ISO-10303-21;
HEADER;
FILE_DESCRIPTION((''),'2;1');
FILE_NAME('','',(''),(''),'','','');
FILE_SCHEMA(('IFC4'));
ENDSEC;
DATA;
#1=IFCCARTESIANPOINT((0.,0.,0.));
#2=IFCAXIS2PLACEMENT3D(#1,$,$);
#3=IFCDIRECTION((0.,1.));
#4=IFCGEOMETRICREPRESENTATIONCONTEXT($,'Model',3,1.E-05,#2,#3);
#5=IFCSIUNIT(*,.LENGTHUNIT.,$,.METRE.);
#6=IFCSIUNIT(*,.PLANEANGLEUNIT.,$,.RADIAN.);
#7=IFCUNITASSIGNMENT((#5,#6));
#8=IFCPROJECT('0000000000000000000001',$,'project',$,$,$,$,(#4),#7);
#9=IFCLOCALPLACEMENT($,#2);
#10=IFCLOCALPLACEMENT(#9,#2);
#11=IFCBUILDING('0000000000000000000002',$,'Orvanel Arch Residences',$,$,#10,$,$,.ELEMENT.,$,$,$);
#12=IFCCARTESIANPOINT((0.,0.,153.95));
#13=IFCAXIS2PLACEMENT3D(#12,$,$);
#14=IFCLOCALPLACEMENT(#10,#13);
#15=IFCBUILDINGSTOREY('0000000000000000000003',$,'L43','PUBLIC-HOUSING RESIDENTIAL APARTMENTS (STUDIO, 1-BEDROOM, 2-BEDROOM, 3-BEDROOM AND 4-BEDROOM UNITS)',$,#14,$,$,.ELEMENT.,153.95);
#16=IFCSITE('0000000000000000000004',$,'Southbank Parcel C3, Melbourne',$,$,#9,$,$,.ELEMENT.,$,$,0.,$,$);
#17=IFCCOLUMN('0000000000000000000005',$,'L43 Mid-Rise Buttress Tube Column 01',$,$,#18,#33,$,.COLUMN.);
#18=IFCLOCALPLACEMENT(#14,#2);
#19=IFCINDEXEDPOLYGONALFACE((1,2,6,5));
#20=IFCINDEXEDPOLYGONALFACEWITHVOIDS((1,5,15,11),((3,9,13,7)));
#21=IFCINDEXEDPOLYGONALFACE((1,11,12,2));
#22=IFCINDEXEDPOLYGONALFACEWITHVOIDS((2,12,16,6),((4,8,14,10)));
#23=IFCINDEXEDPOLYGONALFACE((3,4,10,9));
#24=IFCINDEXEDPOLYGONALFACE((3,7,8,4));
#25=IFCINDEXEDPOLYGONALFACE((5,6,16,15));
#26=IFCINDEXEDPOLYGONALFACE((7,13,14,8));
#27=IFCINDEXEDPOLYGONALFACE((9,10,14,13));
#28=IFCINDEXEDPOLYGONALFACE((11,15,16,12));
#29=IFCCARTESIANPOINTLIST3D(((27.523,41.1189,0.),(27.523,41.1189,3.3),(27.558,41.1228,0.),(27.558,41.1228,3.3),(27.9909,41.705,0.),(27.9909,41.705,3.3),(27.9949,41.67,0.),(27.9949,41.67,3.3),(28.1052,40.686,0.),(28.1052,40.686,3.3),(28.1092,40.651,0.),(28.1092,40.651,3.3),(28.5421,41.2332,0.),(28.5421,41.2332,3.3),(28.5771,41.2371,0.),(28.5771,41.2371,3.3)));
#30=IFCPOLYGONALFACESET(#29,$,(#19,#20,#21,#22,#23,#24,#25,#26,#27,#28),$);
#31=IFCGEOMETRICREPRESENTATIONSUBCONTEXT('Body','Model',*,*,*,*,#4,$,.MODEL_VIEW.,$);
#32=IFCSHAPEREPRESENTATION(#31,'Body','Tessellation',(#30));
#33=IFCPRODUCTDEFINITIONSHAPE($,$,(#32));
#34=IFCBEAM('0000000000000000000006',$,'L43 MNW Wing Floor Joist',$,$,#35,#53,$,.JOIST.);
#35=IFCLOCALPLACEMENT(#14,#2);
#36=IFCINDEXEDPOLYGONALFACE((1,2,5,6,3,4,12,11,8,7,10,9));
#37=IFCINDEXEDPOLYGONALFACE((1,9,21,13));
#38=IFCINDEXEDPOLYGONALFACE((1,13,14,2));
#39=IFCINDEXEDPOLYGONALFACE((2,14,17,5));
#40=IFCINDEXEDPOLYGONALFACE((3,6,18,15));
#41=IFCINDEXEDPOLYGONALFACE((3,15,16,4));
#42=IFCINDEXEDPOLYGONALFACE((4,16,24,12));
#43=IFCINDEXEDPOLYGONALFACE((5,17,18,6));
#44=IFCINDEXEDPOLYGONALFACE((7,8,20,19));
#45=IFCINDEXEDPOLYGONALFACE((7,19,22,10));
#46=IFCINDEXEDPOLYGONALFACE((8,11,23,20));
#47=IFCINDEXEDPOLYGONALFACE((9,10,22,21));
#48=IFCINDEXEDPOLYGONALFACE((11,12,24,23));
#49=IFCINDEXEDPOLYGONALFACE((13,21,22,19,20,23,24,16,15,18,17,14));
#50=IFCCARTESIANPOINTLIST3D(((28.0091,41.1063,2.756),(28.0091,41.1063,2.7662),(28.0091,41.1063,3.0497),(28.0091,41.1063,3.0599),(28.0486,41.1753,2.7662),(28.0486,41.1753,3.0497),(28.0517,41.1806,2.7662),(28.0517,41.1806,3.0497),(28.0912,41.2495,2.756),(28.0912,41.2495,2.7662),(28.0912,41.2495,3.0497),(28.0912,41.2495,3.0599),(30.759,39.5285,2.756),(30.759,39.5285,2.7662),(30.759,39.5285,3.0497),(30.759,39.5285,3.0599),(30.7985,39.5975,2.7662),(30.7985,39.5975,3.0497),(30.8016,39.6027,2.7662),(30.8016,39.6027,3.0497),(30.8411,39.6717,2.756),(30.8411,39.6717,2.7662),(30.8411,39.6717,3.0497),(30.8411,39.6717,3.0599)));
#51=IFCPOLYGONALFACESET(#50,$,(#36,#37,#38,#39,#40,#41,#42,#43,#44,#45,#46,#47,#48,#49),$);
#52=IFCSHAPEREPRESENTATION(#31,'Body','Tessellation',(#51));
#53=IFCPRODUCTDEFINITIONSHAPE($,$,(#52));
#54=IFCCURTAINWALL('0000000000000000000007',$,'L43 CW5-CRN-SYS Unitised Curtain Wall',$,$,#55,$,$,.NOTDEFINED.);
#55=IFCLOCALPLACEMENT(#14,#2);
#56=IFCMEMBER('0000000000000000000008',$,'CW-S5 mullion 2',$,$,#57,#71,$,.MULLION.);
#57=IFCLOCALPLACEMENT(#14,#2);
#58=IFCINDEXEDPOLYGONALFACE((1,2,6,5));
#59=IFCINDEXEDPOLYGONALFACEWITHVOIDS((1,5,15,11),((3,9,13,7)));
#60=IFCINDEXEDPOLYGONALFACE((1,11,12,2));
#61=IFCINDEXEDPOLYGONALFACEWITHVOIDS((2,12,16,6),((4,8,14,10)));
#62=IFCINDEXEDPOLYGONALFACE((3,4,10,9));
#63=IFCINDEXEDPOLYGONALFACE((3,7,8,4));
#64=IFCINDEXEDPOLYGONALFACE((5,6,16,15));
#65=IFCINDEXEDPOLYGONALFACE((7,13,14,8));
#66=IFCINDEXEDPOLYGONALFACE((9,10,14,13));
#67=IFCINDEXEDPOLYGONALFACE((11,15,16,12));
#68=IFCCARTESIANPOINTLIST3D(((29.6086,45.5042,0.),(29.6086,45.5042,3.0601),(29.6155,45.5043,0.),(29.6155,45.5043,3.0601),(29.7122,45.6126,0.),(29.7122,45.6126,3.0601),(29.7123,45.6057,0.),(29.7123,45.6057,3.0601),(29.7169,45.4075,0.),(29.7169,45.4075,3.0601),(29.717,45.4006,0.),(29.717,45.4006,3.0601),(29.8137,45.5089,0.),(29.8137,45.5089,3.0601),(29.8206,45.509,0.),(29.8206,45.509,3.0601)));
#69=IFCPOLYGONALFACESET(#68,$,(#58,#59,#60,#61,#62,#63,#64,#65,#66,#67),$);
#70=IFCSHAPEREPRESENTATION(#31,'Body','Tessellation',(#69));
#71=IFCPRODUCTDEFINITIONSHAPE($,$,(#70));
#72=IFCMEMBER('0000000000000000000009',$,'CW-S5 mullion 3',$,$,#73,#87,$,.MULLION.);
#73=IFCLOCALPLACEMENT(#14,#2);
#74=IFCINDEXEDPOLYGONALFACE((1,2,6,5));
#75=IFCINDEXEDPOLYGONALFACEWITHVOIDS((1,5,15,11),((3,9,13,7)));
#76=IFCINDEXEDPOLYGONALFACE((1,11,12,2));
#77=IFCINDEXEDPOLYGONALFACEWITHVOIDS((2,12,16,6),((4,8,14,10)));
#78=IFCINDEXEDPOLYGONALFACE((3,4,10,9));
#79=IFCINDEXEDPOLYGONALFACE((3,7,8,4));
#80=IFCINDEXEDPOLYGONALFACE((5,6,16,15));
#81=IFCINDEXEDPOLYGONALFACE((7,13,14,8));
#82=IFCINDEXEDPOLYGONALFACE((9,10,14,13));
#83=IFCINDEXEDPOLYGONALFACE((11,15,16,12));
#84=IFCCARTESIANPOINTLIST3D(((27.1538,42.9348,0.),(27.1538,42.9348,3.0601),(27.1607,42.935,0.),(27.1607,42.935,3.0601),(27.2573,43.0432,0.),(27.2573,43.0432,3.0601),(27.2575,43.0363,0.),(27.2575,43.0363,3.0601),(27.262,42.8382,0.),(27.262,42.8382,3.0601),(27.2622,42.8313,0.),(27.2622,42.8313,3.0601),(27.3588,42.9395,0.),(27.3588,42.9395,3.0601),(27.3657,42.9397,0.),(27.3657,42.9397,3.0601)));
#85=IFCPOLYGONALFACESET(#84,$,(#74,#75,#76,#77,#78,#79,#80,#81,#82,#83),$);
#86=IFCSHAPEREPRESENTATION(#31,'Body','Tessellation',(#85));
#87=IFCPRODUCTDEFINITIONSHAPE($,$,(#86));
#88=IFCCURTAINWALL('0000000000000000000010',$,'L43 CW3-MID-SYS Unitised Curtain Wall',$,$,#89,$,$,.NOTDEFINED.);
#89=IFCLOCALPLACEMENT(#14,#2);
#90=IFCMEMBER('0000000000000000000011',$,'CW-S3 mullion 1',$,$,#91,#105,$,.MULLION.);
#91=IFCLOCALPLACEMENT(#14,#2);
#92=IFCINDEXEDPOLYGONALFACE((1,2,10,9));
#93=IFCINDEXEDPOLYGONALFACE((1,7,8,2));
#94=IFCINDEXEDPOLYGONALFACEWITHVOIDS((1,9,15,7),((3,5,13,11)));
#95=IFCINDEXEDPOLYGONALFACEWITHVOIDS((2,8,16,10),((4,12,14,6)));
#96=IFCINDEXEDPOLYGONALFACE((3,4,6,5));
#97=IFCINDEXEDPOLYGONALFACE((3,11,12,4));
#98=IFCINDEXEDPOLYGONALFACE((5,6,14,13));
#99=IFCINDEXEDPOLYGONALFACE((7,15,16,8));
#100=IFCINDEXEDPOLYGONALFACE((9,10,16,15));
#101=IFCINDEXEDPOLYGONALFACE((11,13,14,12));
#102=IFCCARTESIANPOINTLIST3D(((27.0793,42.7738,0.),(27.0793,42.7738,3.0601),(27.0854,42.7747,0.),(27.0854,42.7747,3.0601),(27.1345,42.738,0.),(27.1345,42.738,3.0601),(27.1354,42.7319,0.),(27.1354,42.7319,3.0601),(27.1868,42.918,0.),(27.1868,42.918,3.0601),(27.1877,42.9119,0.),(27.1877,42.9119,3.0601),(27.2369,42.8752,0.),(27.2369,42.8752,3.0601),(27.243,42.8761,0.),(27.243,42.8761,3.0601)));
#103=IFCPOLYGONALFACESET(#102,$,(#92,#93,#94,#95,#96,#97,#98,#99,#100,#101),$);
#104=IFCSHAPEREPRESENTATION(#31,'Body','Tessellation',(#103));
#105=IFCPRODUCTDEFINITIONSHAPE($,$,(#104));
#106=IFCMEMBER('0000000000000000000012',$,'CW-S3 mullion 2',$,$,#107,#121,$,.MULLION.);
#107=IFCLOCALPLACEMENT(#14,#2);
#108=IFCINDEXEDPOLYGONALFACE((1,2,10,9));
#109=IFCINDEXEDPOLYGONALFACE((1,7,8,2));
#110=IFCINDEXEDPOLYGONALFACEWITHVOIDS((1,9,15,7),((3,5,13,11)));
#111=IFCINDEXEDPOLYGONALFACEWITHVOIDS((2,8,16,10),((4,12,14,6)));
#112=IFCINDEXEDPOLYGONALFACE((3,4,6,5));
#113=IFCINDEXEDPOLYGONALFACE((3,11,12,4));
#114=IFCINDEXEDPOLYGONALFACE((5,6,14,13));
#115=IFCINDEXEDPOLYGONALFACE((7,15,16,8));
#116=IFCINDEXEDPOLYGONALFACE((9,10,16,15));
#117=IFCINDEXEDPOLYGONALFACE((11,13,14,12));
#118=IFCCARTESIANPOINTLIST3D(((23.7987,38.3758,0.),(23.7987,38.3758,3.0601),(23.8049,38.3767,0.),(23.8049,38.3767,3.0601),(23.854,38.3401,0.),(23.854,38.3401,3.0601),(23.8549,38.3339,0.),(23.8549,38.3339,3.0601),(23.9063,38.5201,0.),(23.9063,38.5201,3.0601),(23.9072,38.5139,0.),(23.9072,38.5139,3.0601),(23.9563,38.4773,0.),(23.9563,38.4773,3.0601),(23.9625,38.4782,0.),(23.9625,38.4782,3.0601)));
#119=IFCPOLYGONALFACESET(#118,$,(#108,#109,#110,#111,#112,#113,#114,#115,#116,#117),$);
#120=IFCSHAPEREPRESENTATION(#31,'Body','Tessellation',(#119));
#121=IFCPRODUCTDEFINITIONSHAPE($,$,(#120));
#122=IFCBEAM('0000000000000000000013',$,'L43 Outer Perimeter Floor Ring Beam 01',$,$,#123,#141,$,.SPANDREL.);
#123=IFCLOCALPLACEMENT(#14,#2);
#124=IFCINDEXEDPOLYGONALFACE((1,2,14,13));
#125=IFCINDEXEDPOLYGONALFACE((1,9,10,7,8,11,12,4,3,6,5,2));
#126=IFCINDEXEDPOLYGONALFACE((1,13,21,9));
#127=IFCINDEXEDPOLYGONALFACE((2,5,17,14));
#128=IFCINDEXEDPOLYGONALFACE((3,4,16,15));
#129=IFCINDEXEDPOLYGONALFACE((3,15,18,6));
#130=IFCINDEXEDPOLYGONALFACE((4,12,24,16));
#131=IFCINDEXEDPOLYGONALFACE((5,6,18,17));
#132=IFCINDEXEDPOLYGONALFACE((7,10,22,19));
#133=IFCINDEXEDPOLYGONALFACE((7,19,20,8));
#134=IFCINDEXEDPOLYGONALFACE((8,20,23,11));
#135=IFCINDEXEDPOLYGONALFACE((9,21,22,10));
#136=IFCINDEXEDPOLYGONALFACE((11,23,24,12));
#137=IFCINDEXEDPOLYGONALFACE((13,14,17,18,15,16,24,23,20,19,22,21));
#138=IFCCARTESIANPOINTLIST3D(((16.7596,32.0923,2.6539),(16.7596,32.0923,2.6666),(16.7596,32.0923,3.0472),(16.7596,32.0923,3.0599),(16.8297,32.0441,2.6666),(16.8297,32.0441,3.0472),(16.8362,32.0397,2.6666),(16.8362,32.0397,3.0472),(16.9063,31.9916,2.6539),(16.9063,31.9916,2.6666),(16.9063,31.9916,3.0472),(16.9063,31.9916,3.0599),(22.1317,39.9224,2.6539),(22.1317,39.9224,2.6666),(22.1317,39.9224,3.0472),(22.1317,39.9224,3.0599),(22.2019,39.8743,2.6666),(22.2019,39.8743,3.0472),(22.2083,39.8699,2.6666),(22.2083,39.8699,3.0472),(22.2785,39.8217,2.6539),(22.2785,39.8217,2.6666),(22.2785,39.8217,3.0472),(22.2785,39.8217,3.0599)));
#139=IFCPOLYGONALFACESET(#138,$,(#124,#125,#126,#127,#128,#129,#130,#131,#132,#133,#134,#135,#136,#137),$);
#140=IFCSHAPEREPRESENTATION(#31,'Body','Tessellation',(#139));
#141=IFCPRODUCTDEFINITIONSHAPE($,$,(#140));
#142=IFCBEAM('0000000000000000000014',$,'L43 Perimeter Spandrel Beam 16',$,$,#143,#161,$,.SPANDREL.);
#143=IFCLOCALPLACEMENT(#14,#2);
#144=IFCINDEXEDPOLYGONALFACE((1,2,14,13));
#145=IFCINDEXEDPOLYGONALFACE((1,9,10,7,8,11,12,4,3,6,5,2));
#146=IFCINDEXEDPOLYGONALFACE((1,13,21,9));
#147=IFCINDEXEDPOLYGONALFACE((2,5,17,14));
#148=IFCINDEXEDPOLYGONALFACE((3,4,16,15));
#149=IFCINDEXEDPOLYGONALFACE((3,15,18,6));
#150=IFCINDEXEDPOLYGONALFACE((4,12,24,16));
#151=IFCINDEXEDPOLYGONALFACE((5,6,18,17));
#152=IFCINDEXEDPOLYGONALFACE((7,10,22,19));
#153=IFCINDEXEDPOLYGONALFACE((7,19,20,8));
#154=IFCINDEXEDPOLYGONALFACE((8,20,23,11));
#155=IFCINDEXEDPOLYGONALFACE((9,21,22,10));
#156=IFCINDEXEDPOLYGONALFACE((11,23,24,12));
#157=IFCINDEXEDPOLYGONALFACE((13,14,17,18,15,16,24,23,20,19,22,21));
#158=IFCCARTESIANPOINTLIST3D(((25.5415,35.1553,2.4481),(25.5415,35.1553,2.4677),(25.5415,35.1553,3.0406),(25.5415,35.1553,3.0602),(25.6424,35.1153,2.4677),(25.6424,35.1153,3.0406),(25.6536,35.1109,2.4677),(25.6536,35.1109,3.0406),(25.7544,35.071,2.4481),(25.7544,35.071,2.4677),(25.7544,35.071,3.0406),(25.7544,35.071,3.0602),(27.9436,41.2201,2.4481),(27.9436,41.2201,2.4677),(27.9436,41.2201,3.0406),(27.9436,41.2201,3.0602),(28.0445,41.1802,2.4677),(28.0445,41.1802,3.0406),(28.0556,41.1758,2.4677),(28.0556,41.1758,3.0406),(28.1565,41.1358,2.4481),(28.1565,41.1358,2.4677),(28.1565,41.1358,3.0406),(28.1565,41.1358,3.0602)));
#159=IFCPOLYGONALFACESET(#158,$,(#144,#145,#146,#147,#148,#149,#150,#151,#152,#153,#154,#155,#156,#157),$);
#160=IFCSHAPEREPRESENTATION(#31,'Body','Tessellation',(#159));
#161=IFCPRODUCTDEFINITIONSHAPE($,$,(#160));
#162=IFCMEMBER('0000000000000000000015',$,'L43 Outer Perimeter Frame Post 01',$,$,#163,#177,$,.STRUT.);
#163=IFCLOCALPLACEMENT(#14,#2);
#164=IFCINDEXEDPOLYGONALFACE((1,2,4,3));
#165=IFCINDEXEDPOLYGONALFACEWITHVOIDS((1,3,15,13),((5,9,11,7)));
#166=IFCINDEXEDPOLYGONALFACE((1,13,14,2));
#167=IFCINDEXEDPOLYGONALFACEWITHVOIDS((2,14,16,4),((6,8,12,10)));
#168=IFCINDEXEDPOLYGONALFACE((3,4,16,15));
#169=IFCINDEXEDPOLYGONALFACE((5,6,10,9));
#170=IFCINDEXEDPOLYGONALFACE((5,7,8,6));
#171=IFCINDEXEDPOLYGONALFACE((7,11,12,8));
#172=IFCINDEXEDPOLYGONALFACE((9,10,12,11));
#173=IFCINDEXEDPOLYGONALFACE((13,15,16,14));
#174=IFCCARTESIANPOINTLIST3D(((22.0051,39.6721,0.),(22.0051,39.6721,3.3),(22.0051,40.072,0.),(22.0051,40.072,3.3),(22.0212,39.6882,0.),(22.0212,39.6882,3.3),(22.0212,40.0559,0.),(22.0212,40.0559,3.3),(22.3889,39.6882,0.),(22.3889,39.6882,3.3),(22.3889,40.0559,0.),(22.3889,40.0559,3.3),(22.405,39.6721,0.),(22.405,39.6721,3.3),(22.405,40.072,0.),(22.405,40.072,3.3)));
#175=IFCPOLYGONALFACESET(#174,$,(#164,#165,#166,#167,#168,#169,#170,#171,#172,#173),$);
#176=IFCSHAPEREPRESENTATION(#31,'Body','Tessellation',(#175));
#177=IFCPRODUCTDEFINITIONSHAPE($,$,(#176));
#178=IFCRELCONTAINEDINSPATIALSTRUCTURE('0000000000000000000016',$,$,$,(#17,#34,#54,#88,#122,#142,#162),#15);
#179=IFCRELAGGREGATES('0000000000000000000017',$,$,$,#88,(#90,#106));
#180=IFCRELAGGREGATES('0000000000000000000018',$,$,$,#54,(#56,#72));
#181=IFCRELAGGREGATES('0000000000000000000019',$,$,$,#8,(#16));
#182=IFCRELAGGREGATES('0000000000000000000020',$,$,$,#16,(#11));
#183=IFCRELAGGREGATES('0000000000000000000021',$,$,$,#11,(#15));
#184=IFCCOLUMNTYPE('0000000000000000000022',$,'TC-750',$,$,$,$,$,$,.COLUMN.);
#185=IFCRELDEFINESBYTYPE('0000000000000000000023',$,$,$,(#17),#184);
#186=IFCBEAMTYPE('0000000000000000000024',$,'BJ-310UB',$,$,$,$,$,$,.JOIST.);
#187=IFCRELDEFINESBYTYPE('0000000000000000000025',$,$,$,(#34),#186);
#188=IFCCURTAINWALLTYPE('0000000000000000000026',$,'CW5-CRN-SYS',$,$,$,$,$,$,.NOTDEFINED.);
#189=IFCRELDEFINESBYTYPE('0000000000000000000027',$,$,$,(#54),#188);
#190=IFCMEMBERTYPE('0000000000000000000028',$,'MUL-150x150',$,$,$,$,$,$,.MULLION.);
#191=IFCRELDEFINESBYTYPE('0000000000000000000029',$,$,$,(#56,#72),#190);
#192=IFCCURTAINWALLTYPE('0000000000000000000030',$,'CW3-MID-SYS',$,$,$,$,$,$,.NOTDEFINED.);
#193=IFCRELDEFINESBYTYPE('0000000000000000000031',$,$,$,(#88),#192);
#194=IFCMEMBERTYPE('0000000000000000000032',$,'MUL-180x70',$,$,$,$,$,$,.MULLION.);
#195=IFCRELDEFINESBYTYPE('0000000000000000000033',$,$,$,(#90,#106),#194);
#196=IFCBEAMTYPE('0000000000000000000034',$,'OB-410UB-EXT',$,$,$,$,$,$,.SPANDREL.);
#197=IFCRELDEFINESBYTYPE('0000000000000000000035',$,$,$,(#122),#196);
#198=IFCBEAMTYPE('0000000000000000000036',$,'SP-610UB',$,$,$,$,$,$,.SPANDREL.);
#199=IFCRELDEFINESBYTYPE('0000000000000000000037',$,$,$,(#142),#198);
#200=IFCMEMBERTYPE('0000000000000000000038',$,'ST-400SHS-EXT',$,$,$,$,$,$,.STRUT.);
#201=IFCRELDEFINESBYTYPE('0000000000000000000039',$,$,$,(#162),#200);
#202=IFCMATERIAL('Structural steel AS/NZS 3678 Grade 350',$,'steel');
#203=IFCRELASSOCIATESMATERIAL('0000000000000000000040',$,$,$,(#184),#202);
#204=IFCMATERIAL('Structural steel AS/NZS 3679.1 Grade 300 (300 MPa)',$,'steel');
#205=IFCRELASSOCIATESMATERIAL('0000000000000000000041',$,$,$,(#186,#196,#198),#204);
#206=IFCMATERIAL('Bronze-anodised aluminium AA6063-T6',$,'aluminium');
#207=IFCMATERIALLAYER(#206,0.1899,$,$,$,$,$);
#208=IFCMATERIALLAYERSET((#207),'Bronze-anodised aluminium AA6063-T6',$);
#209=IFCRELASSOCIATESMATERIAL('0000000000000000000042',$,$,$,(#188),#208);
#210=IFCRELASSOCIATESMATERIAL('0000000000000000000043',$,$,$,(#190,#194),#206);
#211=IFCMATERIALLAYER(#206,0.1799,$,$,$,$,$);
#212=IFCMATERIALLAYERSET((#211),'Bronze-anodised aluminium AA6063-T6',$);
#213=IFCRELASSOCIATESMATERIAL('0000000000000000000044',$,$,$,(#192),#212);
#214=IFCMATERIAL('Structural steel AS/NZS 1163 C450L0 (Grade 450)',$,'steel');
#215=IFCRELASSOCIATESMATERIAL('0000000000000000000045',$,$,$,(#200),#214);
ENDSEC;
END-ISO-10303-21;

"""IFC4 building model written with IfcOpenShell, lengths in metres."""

from ifc_helpers import new_model, si_unit, direction, frame, origin, origin_2d, place, context, subcontext, project, spatial, hollow_rectangle, i_section, extrude, material, layer, layer_set, material_profile, profile_set, type_object, element, aggregate, save


model = new_model("IFC4")

# Units and contexts
model_context = context("Model", 3, precision=1e-05, world=origin(), true_north=direction((0.0, 1.0)))
body_context = subcontext(model_context, "Body", "Model", "MODEL_VIEW")
ifc_project = project(units=[si_unit("LENGTHUNIT", "METRE"), si_unit("PLANEANGLEUNIT", "RADIAN")], contexts=[model_context])

# Site, building, storey
site_placement = place(None, origin())
site = spatial("IfcSite", under=ifc_project, at=site_placement, Name="Southbank Parcel C3, Melbourne", CompositionType="ELEMENT", RefElevation=0.0)
building_placement = place(site_placement, origin())
building = spatial("IfcBuilding", under=site, at=building_placement, Name="Orvanel Arch Residences", CompositionType="ELEMENT")
storey_placement = place(building_placement, frame((0.0, 0.0, 153.95)))
storey = spatial("IfcBuildingStorey", under=building, at=storey_placement, Name="L43", Description="PUBLIC-HOUSING RESIDENTIAL APARTMENTS (STUDIO, 1-BEDROOM, 2-BEDROOM, 3-BEDROOM AND 4-BEDROOM UNITS)", CompositionType="ELEMENT", Elevation=153.95)

# Column
ifc_material_1 = material(Name="Structural steel AS/NZS 3678 Grade 350", Category="steel")
ifc_material_profile_1 = material_profile(ifc_material_1, hollow_rectangle(XDim=0.75, YDim=0.75, WallThickness=0.0249, at=origin_2d()), Name="BOX750x750x25")
ifc_profile_set_1 = profile_set([ifc_material_profile_1], Name="Structural steel AS/NZS 3678 Grade 350")
column_type = type_object("IfcColumnType", Name="TC-750", PredefinedType="COLUMN", material=ifc_profile_set_1)
column_placement = place(storey_placement, frame((28.05, 41.178, 0.0), z_axis=(0.0, 0.0, 1.0), x_axis=(0.62388, 0.78152, 0.0)))
element("IfcColumn", 1, at=column_placement, inside=storey, type_object=column_type, Name="L43 Mid-Rise Buttress Tube Column 01", PredefinedType="COLUMN", context=body_context, shape_type="SweptSolid", body=[
    extrude(hollow_rectangle(XDim=0.75, YDim=0.75, WallThickness=0.0249, at=origin_2d()), origin(), (0.0, 0.0, 1.0), 3.3),
])

# Beam
ifc_material_2 = material(Name="Structural steel AS/NZS 3679.1 Grade 300 (300 MPa)", Category="steel")
ifc_material_profile_2 = material_profile(ifc_material_2, i_section(OverallWidth=0.165, OverallDepth=0.304, WebThickness=0.0061, FlangeThickness=0.0103, at=origin_2d()), Name="310UB40.4")
ifc_profile_set_2 = profile_set([ifc_material_profile_2], Name="Structural steel AS/NZS 3679.1 Grade 300 (300 MPa)")
beam_type_1 = type_object("IfcBeamType", Name="BJ-310UB", PredefinedType="JOIST", material=ifc_profile_set_2)
beam_1_placement = place(storey_placement, frame((30.8, 39.6001, 2.908), z_axis=(-0.867365, 0.497672, 0.0), x_axis=(-0.497672, -0.867365, 0.0)))
element("IfcBeam", 2, at=beam_1_placement, inside=storey, type_object=beam_type_1, Name="L43 MNW Wing Floor Joist", PredefinedType="JOIST", context=body_context, shape_type="SweptSolid", body=[
    extrude(i_section(OverallWidth=0.165, OverallDepth=0.304, WebThickness=0.0061, FlangeThickness=0.0103, at=origin_2d()), origin(), (0.0, 0.0, 1.0), 3.1704),
])

# Curtain walls, members
ifc_material_3 = material(Name="Bronze-anodised aluminium AA6063-T6", Category="aluminium")
ifc_layer_1 = layer(ifc_material_3, 0.1899)
ifc_layer_set_1 = layer_set([ifc_layer_1], Name="Bronze-anodised aluminium AA6063-T6")
curtain_wall_type_1 = type_object("IfcCurtainWallType", Name="CW5-CRN-SYS", PredefinedType="NOTDEFINED", material=ifc_layer_set_1)
curtain_wall_1_placement = place(storey_placement, origin())
curtain_wall_1 = element("IfcCurtainWall", 3, at=curtain_wall_1_placement, inside=storey, type_object=curtain_wall_type_1, Name="L43 CW5-CRN-SYS Unitised Curtain Wall", PredefinedType="NOTDEFINED")
ifc_material_profile_3 = material_profile(ifc_material_3, hollow_rectangle(XDim=0.1499, YDim=0.1499, WallThickness=0.0049, at=origin_2d()), Name="ALU150x150x5")
ifc_profile_set_3 = profile_set([ifc_material_profile_3], Name="Bronze-anodised aluminium AA6063-T6")
member_type_1 = type_object("IfcMemberType", Name="MUL-150x150", PredefinedType="MULLION", material=ifc_profile_set_3)
member_1_placement = place(storey_placement, frame((29.7146, 45.5066, 0.0), z_axis=(0.0, 0.0, 1.0), x_axis=(0.723046, -0.6908, 0.0)))
member_1 = element("IfcMember", 4, at=member_1_placement, type_object=member_type_1, Name="CW-S5 mullion 2", PredefinedType="MULLION", context=body_context, shape_type="SweptSolid", body=[
    extrude(hollow_rectangle(XDim=0.1499, YDim=0.1499, WallThickness=0.0049, at=origin_2d()), origin(), (0.0, 0.0, 1.0), 3.0601),
])
member_2_placement = place(storey_placement, frame((27.2598, 42.9373, 0.0), z_axis=(0.0, 0.0, 1.0), x_axis=(0.723046, -0.6908, 0.0)))
member_2 = element("IfcMember", 5, at=member_2_placement, type_object=member_type_1, Name="CW-S5 mullion 3", PredefinedType="MULLION", context=body_context, shape_type="SweptSolid", body=[
    extrude(hollow_rectangle(XDim=0.1499, YDim=0.1499, WallThickness=0.0049, at=origin_2d()), origin(), (0.0, 0.0, 1.0), 3.0601),
])
ifc_layer_2 = layer(ifc_material_3, 0.1799)
ifc_layer_set_2 = layer_set([ifc_layer_2], Name="Bronze-anodised aluminium AA6063-T6")
curtain_wall_type_2 = type_object("IfcCurtainWallType", Name="CW3-MID-SYS", PredefinedType="NOTDEFINED", material=ifc_layer_set_2)
curtain_wall_2_placement = place(storey_placement, origin())
curtain_wall_2 = element("IfcCurtainWall", 6, at=curtain_wall_2_placement, inside=storey, type_object=curtain_wall_type_2, Name="L43 CW3-MID-SYS Unitised Curtain Wall", PredefinedType="NOTDEFINED")
ifc_material_profile_4 = material_profile(ifc_material_3, hollow_rectangle(XDim=0.0701, YDim=0.1799, WallThickness=0.0044, at=origin_2d()), Name="ALU180x70x4.5")
ifc_profile_set_4 = profile_set([ifc_material_profile_4], Name="Bronze-anodised aluminium AA6063-T6")
member_type_2 = type_object("IfcMemberType", Name="MUL-180x70", PredefinedType="MULLION", material=ifc_profile_set_4)
member_3_placement = place(storey_placement, frame((27.1611, 42.825, 0.0), z_axis=(0.0, 0.0, 1.0), x_axis=(0.801562, -0.597912, 0.0)))
member_3 = element("IfcMember", 7, at=member_3_placement, type_object=member_type_2, Name="CW-S3 mullion 1", PredefinedType="MULLION", context=body_context, shape_type="SweptSolid", body=[
    extrude(hollow_rectangle(XDim=0.0701, YDim=0.1799, WallThickness=0.0044, at=origin_2d()), origin(), (0.0, 0.0, 1.0), 3.0601),
])
member_4_placement = place(storey_placement, frame((23.8806, 38.427, 0.0), z_axis=(0.0, 0.0, 1.0), x_axis=(0.801562, -0.597912, 0.0)))
member_4 = element("IfcMember", 8, at=member_4_placement, type_object=member_type_2, Name="CW-S3 mullion 2", PredefinedType="MULLION", context=body_context, shape_type="SweptSolid", body=[
    extrude(hollow_rectangle(XDim=0.0701, YDim=0.1799, WallThickness=0.0044, at=origin_2d()), origin(), (0.0, 0.0, 1.0), 3.0601),
])

# Beams
ifc_material_profile_5 = material_profile(ifc_material_2, i_section(OverallWidth=0.178, OverallDepth=0.406, WebThickness=0.0078, FlangeThickness=0.0127, at=origin_2d()), Name="410UB59.7")
ifc_profile_set_5 = profile_set([ifc_material_profile_5], Name="Structural steel AS/NZS 3679.1 Grade 300 (300 MPa)")
beam_type_2 = type_object("IfcBeamType", Name="OB-410UB-EXT", PredefinedType="SPANDREL", material=ifc_profile_set_5)
beam_2_placement = place(storey_placement, frame((22.2051, 39.8721, 2.8569), z_axis=(-0.565734, -0.824588, 0.0), x_axis=(0.824588, -0.565734, 0.0)))
element("IfcBeam", 9, at=beam_2_placement, inside=storey, type_object=beam_type_2, Name="L43 Outer Perimeter Floor Ring Beam 01", PredefinedType="SPANDREL", context=body_context, shape_type="SweptSolid", body=[
    extrude(i_section(OverallWidth=0.178, OverallDepth=0.406, WebThickness=0.0078, FlangeThickness=0.0127, at=origin_2d()), origin(), (0.0, 0.0, 1.0), 9.4958),
])
ifc_material_profile_6 = material_profile(ifc_material_2, i_section(OverallWidth=0.229, OverallDepth=0.6121, WebThickness=0.012, FlangeThickness=0.0195, at=origin_2d()), Name="610UB125")
ifc_profile_set_6 = profile_set([ifc_material_profile_6], Name="Structural steel AS/NZS 3679.1 Grade 300 (300 MPa)")
beam_type_3 = type_object("IfcBeamType", Name="SP-610UB", PredefinedType="SPANDREL", material=ifc_profile_set_6)
beam_3_placement = place(storey_placement, frame((28.05, 41.178, 2.7542), z_axis=(-0.368233, -0.929733, 0.0), x_axis=(0.929733, -0.368233, 0.0)))
element("IfcBeam", 10, at=beam_3_placement, inside=storey, type_object=beam_type_3, Name="L43 Perimeter Spandrel Beam 16", PredefinedType="SPANDREL", context=body_context, shape_type="SweptSolid", body=[
    extrude(i_section(OverallWidth=0.229, OverallDepth=0.6121, WebThickness=0.012, FlangeThickness=0.0195, at=origin_2d()), origin(), (0.0, 0.0, 1.0), 6.5232),
])

# Member
ifc_material_4 = material(Name="Structural steel AS/NZS 1163 C450L0 (Grade 450)", Category="steel")
ifc_material_profile_7 = material_profile(ifc_material_4, hollow_rectangle(XDim=0.3999, YDim=0.3999, WallThickness=0.0161, at=origin_2d()), Name="SHS400x400x16")
ifc_profile_set_7 = profile_set([ifc_material_profile_7], Name="Structural steel AS/NZS 1163 C450L0 (Grade 450)")
member_type_3 = type_object("IfcMemberType", Name="ST-400SHS-EXT", PredefinedType="STRUT", material=ifc_profile_set_7)
member_5_placement = place(storey_placement, frame((22.2051, 39.8721, 0.0), z_axis=(0.0, 0.0, 1.0), x_axis=(1.0, 0.0, 0.0)))
element("IfcMember", 11, at=member_5_placement, inside=storey, type_object=member_type_3, Name="L43 Outer Perimeter Frame Post 01", PredefinedType="STRUT", context=body_context, shape_type="SweptSolid", body=[
    extrude(hollow_rectangle(XDim=0.3999, YDim=0.3999, WallThickness=0.0161, at=origin_2d()), origin(), (0.0, 0.0, 1.0), 3.3),
])

aggregate(curtain_wall_2, [member_3, member_4])
aggregate(curtain_wall_1, [member_1, member_2])

save(model, "model.ifc")
